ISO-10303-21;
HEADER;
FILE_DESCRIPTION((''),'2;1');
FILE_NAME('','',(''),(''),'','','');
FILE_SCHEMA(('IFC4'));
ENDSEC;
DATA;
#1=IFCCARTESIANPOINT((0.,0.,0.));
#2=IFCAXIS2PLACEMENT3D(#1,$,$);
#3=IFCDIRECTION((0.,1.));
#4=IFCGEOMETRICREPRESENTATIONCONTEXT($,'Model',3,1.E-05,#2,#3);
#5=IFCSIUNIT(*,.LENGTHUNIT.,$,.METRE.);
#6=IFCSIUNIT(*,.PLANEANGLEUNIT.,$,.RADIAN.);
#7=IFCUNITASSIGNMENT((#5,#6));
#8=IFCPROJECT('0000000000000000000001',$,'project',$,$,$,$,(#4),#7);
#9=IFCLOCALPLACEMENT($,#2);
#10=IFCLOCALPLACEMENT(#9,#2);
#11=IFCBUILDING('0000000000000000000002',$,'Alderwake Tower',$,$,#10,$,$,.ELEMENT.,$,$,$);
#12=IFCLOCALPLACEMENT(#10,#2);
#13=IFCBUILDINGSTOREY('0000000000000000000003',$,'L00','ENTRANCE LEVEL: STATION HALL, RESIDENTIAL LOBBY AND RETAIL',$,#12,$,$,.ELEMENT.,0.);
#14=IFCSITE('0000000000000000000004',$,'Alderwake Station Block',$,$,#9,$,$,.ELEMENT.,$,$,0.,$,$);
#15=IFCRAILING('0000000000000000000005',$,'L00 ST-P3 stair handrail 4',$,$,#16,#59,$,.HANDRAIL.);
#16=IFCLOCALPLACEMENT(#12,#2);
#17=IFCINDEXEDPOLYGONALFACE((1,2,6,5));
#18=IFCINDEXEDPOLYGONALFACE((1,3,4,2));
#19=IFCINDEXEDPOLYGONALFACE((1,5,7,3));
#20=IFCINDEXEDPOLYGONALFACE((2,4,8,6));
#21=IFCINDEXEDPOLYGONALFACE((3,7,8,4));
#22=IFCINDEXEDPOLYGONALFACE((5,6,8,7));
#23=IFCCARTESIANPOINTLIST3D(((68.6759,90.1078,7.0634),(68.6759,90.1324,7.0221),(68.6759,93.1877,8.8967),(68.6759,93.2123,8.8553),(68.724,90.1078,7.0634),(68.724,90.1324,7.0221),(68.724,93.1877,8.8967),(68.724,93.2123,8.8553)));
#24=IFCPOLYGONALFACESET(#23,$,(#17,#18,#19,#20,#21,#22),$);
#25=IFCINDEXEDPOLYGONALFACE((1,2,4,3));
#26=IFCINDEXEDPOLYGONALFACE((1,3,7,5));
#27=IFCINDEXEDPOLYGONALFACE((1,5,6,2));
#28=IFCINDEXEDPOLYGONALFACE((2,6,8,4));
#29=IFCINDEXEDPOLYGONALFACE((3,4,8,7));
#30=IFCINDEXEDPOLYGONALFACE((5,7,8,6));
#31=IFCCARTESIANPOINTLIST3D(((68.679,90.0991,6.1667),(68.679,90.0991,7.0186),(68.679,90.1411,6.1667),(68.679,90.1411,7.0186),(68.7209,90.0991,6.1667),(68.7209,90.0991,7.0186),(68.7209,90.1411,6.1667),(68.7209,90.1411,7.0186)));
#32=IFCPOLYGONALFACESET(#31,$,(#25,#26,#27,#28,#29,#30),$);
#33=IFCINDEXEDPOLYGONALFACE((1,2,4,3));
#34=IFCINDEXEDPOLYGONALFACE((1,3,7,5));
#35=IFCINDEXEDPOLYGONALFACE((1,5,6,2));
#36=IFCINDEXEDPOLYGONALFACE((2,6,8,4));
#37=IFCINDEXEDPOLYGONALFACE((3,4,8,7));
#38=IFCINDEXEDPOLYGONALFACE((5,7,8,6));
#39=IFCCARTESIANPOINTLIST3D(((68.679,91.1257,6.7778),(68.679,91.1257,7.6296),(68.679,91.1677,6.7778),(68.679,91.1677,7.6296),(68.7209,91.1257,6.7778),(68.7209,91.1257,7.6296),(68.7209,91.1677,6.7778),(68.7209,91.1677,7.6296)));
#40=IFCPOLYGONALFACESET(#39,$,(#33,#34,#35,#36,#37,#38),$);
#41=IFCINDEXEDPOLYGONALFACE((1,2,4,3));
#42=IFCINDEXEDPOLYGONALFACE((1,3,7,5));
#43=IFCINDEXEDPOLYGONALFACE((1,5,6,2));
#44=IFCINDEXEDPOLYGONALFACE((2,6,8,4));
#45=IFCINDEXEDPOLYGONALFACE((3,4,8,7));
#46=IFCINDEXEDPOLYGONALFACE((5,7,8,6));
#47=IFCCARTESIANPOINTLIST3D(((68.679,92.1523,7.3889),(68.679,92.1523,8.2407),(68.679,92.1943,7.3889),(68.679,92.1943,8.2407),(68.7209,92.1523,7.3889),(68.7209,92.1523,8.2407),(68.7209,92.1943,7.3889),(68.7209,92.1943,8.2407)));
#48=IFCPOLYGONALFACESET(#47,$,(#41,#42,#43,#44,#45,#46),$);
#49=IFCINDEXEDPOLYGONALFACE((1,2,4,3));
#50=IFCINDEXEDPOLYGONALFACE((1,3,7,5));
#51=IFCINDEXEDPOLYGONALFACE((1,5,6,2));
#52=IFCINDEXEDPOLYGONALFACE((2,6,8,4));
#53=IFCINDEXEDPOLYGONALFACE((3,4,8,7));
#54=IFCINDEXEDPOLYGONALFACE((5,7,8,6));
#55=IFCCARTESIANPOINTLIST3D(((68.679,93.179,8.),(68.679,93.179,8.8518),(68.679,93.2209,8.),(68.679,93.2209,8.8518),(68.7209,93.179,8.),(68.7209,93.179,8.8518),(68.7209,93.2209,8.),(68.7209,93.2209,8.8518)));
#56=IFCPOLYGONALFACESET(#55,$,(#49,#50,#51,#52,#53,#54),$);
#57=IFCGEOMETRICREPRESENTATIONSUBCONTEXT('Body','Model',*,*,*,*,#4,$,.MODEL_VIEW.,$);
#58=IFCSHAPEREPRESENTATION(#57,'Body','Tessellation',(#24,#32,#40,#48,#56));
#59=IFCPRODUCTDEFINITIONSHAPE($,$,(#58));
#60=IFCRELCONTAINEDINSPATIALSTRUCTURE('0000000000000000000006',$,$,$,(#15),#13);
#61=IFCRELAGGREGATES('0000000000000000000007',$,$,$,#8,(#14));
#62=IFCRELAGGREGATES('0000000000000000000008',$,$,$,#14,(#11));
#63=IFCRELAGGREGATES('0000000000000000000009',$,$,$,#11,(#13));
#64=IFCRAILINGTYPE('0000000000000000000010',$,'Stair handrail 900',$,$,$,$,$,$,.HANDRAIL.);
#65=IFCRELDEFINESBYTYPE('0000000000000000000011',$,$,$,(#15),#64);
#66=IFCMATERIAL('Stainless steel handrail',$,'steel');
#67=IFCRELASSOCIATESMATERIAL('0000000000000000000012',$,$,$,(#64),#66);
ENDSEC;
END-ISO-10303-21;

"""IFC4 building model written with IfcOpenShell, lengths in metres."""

from ifc_helpers import new_model, si_unit, direction, frame, origin, origin_2d, place, context, subcontext, project, spatial, rectangle, extrude, material, type_object, element, save


model = new_model("IFC4")

# Units and contexts
model_context = context("Model", 3, precision=1e-05, world=origin(), true_north=direction((0.0, 1.0)))
body_context = subcontext(model_context, "Body", "Model", "MODEL_VIEW")
ifc_project = project(units=[si_unit("LENGTHUNIT", "METRE"), si_unit("PLANEANGLEUNIT", "RADIAN")], contexts=[model_context])

# Site, building, storey
site_placement = place(None, origin())
site = spatial("IfcSite", under=ifc_project, at=site_placement, Name="Alderwake Station Block", CompositionType="ELEMENT", RefElevation=0.0)
building_placement = place(site_placement, origin())
building = spatial("IfcBuilding", under=site, at=building_placement, Name="Alderwake Tower", CompositionType="ELEMENT")
storey_placement = place(building_placement, origin())
storey = spatial("IfcBuildingStorey", under=building, at=storey_placement, Name="L00", Description="ENTRANCE LEVEL: STATION HALL, RESIDENTIAL LOBBY AND RETAIL", CompositionType="ELEMENT", Elevation=0.0)

# Railing
ifc_material_1 = material(Name="Stainless steel handrail", Category="steel")
railing_type_1 = type_object("IfcRailingType", Name="Stair handrail 900", PredefinedType="HANDRAIL", material=ifc_material_1)
for number, where, name in (
    (1, (68.7, 90.1201, 6.1667), "L00 ST-P3 stair handrail 4"),
):
    element("IfcRailing", number, at=place(storey_placement, frame(where)), inside=storey, type_object=railing_type_1, Name=name, PredefinedType="HANDRAIL", context=body_context, shape_type="SweptSolid", body=[
        extrude(rectangle(XDim=0.0481, YDim=0.0481, at=origin_2d()), frame((0.0, 0.0, 0.876), z_axis=(0.0, 0.859291, 0.511487), x_axis=(-1.0, 0.0, 0.0)), (0.0, 0.0, 1.0), 3.5842),
        extrude(rectangle(XDim=0.042, YDim=0.042, at=origin_2d()), frame((0.0, 0.0, 0.0), z_axis=(0.0, 0.0, 1.0), x_axis=(0.0, 1.0, 0.0)), (0.0, 0.0, 1.0), 0.8518),
        extrude(rectangle(XDim=0.042, YDim=0.042, at=origin_2d()), frame((0.0, 1.0266, 0.6111), z_axis=(0.0, 0.0, 1.0), x_axis=(0.0, 1.0, 0.0)), (0.0, 0.0, 1.0), 0.8518),
        extrude(rectangle(XDim=0.042, YDim=0.042, at=origin_2d()), frame((0.0, 2.0532, 1.2222), z_axis=(0.0, 0.0, 1.0), x_axis=(0.0, 1.0, 0.0)), (0.0, 0.0, 1.0), 0.8518),
        extrude(rectangle(XDim=0.042, YDim=0.042, at=origin_2d()), frame((0.0, 3.0798, 1.8333), z_axis=(0.0, 0.0, 1.0), x_axis=(0.0, 1.0, 0.0)), (0.0, 0.0, 1.0), 0.8518),
    ])

save(model, "model.ifc")
